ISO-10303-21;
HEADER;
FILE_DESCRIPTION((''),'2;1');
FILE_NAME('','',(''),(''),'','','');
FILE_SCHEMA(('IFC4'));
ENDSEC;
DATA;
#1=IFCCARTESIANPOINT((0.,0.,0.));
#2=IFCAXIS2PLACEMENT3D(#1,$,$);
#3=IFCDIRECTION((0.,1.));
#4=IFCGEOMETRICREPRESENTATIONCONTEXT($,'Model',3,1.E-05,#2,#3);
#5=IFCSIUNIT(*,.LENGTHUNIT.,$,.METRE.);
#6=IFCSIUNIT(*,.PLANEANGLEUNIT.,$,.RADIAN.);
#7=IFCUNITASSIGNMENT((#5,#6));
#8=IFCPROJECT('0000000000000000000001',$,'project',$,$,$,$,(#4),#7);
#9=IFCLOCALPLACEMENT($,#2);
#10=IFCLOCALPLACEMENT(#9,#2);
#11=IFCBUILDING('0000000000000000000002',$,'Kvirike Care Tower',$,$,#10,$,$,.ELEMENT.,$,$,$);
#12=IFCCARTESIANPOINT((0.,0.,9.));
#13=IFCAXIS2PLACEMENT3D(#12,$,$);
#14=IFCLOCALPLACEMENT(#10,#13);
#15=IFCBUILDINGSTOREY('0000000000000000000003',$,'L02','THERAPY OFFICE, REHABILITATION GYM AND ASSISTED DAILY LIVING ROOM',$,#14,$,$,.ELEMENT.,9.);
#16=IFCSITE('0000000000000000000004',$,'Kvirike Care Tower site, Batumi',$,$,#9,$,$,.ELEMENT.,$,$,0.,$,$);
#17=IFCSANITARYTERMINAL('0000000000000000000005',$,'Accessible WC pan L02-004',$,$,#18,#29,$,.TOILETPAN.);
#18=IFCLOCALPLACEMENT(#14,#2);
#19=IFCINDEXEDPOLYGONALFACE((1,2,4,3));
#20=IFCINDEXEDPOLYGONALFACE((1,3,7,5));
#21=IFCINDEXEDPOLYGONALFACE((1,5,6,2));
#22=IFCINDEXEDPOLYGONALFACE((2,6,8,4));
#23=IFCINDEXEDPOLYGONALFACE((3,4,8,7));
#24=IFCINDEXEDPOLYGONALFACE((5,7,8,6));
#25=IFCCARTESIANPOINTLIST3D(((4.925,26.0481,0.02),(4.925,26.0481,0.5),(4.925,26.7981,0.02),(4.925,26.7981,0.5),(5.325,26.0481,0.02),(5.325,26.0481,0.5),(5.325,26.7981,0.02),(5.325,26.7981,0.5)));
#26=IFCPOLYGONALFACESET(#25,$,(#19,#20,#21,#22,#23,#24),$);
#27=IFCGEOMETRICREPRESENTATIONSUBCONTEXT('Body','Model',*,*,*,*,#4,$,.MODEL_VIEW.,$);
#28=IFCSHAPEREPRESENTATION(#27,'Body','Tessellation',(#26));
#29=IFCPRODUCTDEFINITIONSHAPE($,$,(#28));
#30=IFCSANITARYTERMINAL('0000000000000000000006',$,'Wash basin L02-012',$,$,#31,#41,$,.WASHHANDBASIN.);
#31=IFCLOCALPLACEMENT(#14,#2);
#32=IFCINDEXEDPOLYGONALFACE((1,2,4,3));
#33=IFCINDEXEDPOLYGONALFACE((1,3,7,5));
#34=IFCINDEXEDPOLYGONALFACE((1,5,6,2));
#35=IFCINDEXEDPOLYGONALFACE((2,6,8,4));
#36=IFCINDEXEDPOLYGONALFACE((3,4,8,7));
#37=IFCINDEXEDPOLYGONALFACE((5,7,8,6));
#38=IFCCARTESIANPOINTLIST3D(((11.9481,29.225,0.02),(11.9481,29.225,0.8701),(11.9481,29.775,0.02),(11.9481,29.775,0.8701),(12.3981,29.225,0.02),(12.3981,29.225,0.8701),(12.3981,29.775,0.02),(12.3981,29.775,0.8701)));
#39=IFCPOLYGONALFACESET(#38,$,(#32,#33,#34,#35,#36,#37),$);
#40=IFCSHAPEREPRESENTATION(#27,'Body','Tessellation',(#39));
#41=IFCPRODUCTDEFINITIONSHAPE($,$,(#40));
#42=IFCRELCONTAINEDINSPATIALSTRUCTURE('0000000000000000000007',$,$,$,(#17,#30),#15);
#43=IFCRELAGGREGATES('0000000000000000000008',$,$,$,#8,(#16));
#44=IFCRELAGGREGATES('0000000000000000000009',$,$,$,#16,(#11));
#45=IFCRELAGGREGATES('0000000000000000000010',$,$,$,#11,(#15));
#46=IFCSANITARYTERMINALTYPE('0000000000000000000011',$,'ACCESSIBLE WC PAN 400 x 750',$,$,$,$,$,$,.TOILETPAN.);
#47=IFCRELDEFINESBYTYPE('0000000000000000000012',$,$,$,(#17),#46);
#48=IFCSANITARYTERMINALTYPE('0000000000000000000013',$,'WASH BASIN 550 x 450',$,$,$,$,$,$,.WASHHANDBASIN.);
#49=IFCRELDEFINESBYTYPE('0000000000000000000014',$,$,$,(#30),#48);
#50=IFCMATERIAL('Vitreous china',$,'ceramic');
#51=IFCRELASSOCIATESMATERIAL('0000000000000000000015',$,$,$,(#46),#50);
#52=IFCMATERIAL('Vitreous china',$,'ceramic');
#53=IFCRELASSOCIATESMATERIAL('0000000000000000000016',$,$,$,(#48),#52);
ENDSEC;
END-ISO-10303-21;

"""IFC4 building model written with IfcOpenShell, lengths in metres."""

from ifc_helpers import new_model, si_unit, direction, frame, origin, origin_2d, place, context, subcontext, project, spatial, rectangle, extrude, material, type_object, element, save


model = new_model("IFC4")

# Units and contexts
model_context = context("Model", 3, precision=1e-05, world=origin(), true_north=direction((0.0, 1.0)))
body_context = subcontext(model_context, "Body", "Model", "MODEL_VIEW")
ifc_project = project(units=[si_unit("LENGTHUNIT", "METRE"), si_unit("PLANEANGLEUNIT", "RADIAN")], contexts=[model_context])

# Site, building, storey
site_placement = place(None, origin())
site = spatial("IfcSite", under=ifc_project, at=site_placement, Name="Kvirike Care Tower site, Batumi", CompositionType="ELEMENT", RefElevation=0.0)
building_placement = place(site_placement, origin())
building = spatial("IfcBuilding", under=site, at=building_placement, Name="Kvirike Care Tower", CompositionType="ELEMENT")
storey_placement = place(building_placement, frame((0.0, 0.0, 9.0)))
storey = spatial("IfcBuildingStorey", under=building, at=storey_placement, Name="L02", Description="THERAPY OFFICE, REHABILITATION GYM AND ASSISTED DAILY LIVING ROOM", CompositionType="ELEMENT", Elevation=9.0)

# Sanitary terminals
ifc_material_1 = material(Name="Vitreous china", Category="ceramic")
sanitary_terminal_type_1 = type_object("IfcSanitaryTerminalType", Name="ACCESSIBLE WC PAN 400 x 750", PredefinedType="TOILETPAN", material=ifc_material_1)
sanitary_terminal_1_placement = place(storey_placement, frame((5.125, 26.4231, 0.02), z_axis=(0.0, 0.0, 1.0), x_axis=(1.0, 0.0, 0.0)))
element("IfcSanitaryTerminal", 1, at=sanitary_terminal_1_placement, inside=storey, type_object=sanitary_terminal_type_1, Name="Accessible WC pan L02-004", PredefinedType="TOILETPAN", context=body_context, shape_type="SweptSolid", body=[
    extrude(rectangle(XDim=0.3999, YDim=0.75, at=origin_2d()), origin(), (0.0, 0.0, 1.0), 0.48),
])
ifc_material_2 = material(Name="Vitreous china", Category="ceramic")
sanitary_terminal_type_2 = type_object("IfcSanitaryTerminalType", Name="WASH BASIN 550 x 450", PredefinedType="WASHHANDBASIN", material=ifc_material_2)
sanitary_terminal_2_placement = place(storey_placement, frame((12.1731, 29.5, 0.02), z_axis=(0.0, 0.0, 1.0), x_axis=(0.0, -1.0, 0.0)))
element("IfcSanitaryTerminal", 2, at=sanitary_terminal_2_placement, inside=storey, type_object=sanitary_terminal_type_2, Name="Wash basin L02-012", PredefinedType="WASHHANDBASIN", context=body_context, shape_type="SweptSolid", body=[
    extrude(rectangle(XDim=0.55, YDim=0.45, at=origin_2d()), origin(), (0.0, 0.0, 1.0), 0.8501),
])

save(model, "model.ifc")
